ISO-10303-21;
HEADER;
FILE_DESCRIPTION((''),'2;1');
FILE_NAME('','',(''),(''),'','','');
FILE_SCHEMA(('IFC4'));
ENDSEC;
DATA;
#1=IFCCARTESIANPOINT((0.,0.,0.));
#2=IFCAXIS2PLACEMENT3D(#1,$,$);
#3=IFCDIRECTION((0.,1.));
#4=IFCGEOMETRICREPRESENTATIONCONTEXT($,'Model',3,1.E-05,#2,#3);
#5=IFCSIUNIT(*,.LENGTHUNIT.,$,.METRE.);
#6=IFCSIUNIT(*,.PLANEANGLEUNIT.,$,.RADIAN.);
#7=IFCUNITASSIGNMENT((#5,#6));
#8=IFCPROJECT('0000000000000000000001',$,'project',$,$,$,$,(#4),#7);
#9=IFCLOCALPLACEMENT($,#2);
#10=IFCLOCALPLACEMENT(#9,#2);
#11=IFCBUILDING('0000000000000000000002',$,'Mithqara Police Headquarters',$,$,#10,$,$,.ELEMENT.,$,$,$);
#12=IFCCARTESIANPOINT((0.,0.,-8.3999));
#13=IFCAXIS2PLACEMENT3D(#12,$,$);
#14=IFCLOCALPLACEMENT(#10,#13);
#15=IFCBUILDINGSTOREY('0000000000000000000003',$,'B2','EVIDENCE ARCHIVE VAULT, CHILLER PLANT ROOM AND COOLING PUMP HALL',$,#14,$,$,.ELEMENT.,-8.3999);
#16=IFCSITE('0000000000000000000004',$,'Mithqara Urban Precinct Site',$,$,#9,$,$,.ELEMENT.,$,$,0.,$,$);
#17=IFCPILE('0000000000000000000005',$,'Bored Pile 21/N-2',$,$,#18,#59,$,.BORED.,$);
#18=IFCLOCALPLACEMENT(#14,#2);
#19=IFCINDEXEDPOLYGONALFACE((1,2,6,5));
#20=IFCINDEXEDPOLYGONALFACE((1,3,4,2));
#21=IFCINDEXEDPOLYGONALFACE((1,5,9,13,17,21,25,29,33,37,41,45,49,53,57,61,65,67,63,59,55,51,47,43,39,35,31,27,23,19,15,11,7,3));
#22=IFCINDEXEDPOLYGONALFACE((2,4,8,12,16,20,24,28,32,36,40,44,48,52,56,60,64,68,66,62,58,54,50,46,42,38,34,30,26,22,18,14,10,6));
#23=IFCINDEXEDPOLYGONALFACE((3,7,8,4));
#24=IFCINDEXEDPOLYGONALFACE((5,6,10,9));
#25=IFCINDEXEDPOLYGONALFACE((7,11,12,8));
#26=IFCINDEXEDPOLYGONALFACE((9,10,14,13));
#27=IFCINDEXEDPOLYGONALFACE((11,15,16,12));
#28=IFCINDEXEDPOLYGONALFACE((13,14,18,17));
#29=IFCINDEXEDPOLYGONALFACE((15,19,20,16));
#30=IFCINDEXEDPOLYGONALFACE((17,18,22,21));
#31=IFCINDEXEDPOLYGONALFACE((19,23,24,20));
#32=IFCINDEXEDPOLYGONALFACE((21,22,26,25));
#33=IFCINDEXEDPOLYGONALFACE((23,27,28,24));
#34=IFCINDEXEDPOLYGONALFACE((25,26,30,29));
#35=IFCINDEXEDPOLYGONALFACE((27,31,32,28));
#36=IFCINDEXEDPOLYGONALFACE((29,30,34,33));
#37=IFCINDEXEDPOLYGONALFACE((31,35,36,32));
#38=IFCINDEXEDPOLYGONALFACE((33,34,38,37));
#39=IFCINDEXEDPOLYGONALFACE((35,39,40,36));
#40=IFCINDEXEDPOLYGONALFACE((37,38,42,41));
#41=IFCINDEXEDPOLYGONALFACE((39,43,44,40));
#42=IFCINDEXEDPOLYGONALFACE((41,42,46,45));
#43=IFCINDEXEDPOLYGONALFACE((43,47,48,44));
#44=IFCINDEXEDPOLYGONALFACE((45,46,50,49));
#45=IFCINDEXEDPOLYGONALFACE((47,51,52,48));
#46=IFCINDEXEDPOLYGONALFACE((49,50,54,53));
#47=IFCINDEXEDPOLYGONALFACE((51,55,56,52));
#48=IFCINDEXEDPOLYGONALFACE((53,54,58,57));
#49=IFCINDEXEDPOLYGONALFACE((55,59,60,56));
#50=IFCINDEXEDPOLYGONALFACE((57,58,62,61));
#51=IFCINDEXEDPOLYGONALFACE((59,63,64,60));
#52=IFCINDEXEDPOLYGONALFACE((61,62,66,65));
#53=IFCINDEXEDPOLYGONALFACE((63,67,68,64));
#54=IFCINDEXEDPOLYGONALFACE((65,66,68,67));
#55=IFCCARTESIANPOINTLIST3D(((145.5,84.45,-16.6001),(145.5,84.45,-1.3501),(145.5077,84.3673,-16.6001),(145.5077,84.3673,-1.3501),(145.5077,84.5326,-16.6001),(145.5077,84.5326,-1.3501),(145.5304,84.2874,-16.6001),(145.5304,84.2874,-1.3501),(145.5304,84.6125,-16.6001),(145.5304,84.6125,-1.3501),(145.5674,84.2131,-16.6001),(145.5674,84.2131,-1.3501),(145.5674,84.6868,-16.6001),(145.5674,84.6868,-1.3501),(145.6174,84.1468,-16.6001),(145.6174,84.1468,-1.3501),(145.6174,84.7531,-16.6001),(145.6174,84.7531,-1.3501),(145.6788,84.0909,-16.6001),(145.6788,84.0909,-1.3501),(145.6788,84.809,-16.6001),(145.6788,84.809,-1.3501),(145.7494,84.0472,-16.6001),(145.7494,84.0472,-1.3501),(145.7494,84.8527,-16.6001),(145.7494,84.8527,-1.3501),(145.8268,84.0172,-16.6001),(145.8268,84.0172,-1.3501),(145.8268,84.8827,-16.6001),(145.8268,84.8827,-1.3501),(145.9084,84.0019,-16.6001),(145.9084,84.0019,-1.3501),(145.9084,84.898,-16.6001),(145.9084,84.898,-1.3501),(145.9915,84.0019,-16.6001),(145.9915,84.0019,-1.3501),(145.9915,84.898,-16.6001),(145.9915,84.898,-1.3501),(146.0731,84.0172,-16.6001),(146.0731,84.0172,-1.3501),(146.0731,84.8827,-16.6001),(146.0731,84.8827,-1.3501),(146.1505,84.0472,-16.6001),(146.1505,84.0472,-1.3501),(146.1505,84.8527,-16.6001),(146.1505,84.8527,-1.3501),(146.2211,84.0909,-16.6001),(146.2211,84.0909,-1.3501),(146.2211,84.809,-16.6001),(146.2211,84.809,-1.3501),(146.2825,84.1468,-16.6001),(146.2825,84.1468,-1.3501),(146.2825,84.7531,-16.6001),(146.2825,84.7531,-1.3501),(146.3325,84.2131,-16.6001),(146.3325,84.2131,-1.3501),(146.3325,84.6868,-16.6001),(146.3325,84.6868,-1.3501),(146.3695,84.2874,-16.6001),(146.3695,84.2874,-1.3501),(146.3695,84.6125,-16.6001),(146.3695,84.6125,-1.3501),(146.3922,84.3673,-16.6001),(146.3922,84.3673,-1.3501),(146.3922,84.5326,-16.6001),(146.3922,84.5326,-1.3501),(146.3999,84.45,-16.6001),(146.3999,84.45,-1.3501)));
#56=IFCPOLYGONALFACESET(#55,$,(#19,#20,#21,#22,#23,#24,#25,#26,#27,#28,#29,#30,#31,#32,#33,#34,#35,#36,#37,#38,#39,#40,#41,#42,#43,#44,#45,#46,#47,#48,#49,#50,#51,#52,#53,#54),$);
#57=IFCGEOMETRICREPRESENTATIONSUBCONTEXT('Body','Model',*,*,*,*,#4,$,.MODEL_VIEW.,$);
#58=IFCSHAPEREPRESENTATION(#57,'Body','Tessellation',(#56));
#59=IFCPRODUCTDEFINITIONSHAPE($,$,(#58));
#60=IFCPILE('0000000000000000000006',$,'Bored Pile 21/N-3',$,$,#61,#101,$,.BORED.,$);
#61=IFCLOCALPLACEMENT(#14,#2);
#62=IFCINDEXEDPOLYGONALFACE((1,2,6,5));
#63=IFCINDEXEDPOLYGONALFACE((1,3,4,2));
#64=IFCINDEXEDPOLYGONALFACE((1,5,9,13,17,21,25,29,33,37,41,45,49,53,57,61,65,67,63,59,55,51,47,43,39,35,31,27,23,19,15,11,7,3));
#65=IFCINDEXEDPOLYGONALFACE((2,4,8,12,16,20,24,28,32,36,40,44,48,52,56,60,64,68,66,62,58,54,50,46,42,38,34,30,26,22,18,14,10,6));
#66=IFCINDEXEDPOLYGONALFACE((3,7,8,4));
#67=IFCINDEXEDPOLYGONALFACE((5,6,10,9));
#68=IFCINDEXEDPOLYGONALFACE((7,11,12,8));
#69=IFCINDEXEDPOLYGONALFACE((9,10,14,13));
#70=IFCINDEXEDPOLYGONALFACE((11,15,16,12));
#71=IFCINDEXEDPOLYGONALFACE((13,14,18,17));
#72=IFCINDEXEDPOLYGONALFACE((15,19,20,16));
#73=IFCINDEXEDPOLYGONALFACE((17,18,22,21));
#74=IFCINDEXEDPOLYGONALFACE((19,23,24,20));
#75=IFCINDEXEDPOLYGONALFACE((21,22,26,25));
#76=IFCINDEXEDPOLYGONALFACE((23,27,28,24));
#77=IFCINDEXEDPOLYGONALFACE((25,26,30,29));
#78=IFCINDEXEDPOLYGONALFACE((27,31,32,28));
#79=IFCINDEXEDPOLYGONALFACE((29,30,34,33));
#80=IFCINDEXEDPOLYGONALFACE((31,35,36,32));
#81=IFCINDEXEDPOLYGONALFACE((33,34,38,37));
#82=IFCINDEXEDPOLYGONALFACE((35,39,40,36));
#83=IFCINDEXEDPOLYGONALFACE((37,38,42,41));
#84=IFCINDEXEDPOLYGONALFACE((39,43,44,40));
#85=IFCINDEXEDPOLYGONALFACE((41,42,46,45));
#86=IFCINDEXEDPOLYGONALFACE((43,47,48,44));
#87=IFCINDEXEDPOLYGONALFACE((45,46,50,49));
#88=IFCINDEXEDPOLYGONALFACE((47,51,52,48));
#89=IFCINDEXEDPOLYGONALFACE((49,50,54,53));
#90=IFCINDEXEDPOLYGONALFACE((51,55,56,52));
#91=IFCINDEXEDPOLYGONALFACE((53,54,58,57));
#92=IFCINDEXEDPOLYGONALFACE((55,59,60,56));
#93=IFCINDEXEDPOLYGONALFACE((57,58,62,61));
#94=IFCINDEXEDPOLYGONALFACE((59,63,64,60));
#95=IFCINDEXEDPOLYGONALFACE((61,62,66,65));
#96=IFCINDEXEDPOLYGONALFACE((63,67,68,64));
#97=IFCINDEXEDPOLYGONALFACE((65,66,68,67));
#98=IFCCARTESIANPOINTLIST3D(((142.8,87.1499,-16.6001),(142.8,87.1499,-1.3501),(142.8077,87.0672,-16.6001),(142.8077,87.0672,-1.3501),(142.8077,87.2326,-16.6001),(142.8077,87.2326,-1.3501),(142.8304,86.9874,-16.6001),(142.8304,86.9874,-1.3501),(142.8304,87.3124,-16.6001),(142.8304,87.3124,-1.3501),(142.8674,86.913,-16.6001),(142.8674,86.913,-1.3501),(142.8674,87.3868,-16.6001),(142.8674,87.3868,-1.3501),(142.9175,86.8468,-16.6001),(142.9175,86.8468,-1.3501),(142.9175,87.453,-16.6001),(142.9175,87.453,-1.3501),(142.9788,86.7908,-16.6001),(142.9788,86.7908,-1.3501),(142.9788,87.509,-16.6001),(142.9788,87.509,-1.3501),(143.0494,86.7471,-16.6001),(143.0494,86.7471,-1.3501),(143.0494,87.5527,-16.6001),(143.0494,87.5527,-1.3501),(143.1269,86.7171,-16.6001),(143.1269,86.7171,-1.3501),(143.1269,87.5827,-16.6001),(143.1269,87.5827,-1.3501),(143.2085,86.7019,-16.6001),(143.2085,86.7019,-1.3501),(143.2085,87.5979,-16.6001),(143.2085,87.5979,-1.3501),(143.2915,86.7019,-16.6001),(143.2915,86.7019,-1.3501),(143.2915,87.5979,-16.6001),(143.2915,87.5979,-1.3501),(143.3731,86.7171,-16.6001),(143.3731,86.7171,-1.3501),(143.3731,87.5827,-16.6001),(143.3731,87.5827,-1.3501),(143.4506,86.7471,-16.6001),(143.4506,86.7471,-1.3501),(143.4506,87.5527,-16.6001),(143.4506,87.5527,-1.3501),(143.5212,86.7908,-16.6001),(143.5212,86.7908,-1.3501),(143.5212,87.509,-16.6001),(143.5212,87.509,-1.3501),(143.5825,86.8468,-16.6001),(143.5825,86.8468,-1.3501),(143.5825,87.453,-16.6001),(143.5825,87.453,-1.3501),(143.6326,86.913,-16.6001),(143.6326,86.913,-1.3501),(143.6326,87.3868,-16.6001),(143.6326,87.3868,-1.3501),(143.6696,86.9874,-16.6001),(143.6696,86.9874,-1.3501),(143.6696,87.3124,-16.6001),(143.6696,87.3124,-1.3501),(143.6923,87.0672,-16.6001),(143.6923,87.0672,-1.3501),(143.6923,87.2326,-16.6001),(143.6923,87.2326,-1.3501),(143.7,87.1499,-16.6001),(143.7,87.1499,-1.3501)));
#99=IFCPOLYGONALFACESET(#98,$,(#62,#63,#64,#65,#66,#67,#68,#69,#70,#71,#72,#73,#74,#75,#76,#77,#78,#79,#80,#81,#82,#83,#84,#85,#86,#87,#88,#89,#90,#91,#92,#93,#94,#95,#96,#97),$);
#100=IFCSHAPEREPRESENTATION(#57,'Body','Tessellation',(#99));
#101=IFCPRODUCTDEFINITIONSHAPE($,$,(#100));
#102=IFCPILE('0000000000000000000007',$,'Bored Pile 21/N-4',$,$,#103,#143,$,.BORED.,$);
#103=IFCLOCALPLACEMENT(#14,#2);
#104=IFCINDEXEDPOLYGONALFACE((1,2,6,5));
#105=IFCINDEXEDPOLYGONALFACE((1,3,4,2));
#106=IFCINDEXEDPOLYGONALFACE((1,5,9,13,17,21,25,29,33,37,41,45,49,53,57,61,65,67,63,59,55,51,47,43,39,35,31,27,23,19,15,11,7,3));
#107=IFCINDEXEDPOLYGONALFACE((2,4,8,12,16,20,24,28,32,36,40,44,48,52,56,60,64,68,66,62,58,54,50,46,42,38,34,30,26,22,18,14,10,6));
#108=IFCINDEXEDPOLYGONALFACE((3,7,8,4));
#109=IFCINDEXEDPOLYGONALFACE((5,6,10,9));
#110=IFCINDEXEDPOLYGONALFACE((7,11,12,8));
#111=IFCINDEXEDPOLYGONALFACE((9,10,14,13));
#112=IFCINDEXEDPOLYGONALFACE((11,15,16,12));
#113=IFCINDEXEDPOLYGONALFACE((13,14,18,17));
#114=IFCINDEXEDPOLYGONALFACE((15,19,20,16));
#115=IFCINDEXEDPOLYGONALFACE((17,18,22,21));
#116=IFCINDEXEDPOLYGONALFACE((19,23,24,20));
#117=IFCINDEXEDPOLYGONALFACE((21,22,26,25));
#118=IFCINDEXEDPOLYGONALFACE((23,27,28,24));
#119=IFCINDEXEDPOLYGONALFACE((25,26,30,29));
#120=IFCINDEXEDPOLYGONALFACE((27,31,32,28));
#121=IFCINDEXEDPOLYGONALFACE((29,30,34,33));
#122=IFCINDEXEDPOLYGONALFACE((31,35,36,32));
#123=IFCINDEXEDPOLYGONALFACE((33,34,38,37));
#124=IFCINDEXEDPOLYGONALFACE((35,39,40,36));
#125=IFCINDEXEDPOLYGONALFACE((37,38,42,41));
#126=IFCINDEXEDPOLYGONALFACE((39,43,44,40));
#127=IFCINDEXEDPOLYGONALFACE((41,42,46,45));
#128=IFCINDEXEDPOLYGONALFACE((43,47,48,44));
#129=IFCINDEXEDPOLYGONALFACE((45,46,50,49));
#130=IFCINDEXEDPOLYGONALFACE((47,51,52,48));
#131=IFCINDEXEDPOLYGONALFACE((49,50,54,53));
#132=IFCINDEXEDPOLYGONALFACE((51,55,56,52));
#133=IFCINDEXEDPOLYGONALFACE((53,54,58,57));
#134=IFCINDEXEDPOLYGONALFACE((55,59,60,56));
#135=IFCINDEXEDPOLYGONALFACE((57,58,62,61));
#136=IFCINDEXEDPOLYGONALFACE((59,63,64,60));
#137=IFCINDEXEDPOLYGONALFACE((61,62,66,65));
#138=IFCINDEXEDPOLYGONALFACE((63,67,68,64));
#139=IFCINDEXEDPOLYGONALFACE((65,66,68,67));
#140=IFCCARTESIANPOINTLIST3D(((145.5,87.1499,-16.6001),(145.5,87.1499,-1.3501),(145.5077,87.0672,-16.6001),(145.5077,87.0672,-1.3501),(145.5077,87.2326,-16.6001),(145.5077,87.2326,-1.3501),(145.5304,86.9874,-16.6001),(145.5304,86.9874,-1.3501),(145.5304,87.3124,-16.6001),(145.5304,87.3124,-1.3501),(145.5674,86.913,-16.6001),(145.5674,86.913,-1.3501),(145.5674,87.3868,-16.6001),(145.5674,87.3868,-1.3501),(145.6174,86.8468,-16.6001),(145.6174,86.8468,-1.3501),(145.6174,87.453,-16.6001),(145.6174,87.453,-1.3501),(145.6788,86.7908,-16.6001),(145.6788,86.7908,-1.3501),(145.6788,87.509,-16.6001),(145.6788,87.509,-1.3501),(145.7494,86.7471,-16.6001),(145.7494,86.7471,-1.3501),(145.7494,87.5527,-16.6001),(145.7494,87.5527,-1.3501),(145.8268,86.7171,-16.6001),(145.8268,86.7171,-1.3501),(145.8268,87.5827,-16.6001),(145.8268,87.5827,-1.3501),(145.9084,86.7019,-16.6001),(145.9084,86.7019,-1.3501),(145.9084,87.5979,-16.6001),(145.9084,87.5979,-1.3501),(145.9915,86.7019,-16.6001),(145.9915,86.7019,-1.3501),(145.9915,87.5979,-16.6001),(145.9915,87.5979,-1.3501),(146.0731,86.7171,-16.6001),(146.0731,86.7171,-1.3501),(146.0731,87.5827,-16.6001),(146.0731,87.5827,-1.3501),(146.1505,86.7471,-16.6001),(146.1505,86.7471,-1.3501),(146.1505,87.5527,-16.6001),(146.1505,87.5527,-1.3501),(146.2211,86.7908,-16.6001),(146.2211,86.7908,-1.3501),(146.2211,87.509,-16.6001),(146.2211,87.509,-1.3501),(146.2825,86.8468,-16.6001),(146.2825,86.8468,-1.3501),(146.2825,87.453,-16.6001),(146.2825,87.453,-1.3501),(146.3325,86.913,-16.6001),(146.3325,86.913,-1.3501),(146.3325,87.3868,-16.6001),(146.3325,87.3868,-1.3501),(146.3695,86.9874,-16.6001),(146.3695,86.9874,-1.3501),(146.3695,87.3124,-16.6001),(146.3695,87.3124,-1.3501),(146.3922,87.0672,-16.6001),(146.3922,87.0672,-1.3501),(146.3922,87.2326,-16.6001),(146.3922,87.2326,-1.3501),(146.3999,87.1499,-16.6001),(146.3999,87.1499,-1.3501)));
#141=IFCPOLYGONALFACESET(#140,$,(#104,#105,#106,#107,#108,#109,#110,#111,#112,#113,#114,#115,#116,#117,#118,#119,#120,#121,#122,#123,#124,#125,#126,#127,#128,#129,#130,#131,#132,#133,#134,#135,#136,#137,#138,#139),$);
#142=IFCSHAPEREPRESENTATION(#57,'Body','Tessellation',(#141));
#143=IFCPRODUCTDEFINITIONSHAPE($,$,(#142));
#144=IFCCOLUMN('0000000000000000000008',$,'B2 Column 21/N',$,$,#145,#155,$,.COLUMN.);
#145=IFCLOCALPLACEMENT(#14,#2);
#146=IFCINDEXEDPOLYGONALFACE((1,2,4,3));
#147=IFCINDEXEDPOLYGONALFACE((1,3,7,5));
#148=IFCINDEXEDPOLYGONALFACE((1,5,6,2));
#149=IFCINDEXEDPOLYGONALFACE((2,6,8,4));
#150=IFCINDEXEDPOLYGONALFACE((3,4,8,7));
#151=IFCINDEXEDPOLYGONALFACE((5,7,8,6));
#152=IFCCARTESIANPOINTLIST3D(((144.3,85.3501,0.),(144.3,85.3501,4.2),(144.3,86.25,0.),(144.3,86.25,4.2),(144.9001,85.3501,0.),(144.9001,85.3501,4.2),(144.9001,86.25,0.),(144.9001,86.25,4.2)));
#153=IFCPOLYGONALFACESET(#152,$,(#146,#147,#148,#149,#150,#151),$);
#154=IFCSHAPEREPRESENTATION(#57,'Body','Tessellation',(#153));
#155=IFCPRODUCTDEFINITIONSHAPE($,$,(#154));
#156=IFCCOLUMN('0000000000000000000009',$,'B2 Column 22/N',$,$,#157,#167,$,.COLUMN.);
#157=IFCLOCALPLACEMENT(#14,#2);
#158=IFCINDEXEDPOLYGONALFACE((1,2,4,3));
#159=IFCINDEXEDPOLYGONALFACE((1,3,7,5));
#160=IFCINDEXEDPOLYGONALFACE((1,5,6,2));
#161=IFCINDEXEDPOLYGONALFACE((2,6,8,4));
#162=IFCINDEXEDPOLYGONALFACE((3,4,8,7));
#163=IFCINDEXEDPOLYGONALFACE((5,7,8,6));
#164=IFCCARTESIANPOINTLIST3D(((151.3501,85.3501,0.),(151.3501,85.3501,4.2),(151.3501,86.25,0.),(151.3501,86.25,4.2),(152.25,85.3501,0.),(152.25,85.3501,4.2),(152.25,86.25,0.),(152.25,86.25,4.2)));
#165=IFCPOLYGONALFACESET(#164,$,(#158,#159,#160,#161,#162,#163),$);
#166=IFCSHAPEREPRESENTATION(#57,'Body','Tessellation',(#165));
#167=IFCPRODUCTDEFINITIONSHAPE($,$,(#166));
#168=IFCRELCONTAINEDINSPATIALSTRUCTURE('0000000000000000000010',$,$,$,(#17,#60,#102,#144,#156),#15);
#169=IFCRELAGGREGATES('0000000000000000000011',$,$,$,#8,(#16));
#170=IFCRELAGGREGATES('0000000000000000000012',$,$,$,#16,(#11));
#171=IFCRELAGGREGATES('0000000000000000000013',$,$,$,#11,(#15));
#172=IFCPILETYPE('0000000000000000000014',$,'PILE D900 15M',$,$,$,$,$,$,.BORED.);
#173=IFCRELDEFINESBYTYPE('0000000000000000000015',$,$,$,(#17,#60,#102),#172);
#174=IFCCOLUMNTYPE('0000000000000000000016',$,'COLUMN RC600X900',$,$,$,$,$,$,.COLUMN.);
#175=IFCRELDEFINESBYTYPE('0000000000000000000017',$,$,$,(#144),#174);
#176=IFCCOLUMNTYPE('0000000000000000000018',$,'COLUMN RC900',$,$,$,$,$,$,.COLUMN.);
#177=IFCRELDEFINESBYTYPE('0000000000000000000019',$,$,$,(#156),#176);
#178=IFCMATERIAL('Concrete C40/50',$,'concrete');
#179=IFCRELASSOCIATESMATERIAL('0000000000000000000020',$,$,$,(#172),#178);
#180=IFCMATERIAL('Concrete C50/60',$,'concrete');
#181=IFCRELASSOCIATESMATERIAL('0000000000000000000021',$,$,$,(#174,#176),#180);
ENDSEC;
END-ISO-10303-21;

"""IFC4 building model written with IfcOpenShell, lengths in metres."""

from ifc_helpers import new_model, si_unit, direction, frame, origin, origin_2d, place, context, subcontext, project, spatial, rectangle, circle, extrude, material, material_profile, profile_set, type_object, element, save


model = new_model("IFC4")

# Units and contexts
model_context = context("Model", 3, precision=1e-05, world=origin(), true_north=direction((0.0, 1.0)))
body_context = subcontext(model_context, "Body", "Model", "MODEL_VIEW")
ifc_project = project(units=[si_unit("LENGTHUNIT", "METRE"), si_unit("PLANEANGLEUNIT", "RADIAN")], contexts=[model_context])

# Site, building, storey
site_placement = place(None, origin())
site = spatial("IfcSite", under=ifc_project, at=site_placement, Name="Mithqara Urban Precinct Site", CompositionType="ELEMENT", RefElevation=0.0)
building_placement = place(site_placement, origin())
building = spatial("IfcBuilding", under=site, at=building_placement, Name="Mithqara Police Headquarters", CompositionType="ELEMENT")
storey_placement = place(building_placement, frame((0.0, 0.0, -8.3999)))
storey = spatial("IfcBuildingStorey", under=building, at=storey_placement, Name="B2", Description="EVIDENCE ARCHIVE VAULT, CHILLER PLANT ROOM AND COOLING PUMP HALL", CompositionType="ELEMENT", Elevation=-8.3999)

# Shared definitions
ifc_material_1 = material(Name="Concrete C40/50", Category="concrete")

# Piles
ifc_material_profile_1 = material_profile(ifc_material_1, circle(Radius=0.45, at=origin_2d()), Name="PILE D900")
ifc_profile_set_1 = profile_set([ifc_material_profile_1], Name="Concrete C40/50")
pile_type_1 = type_object("IfcPileType", Name="PILE D900 15M", PredefinedType="BORED", material=ifc_profile_set_1)
for number, where, z_axis, x_axis, name in (
    (1, (145.95, 84.45, -1.3501), (0.0, 0.0, -1.0), (1.0, 0.0, 0.0), "Bored Pile 21/N-2"),
    (2, (143.25, 87.1499, -1.3501), (0.0, 0.0, -1.0), (1.0, 0.0, 0.0), "Bored Pile 21/N-3"),
    (3, (145.95, 87.1499, -1.3501), (0.0, 0.0, -1.0), (1.0, 0.0, 0.0), "Bored Pile 21/N-4"),
):
    element("IfcPile", number, at=place(storey_placement, frame(where, z_axis=z_axis, x_axis=x_axis)), inside=storey, type_object=pile_type_1, Name=name, PredefinedType="BORED", context=body_context, shape_type="SweptSolid", body=[
        extrude(circle(Radius=0.45, at=origin_2d()), origin(), (0.0, 0.0, 1.0), 15.25),
    ])

# Columns
ifc_material_2 = material(Name="Concrete C50/60", Category="concrete")
ifc_material_profile_2 = material_profile(ifc_material_2, rectangle(XDim=0.6001, YDim=0.8999, at=origin_2d()), Name="RC 600x900")
ifc_profile_set_2 = profile_set([ifc_material_profile_2], Name="Concrete C50/60")
column_type_1 = type_object("IfcColumnType", Name="COLUMN RC600X900", PredefinedType="COLUMN", material=ifc_profile_set_2)
column_1_placement = place(storey_placement, frame((144.6001, 85.8, 0.0), z_axis=(0.0, 0.0, 1.0), x_axis=(1.0, 0.0, 0.0)))
element("IfcColumn", 4, at=column_1_placement, inside=storey, type_object=column_type_1, Name="B2 Column 21/N", PredefinedType="COLUMN", context=body_context, shape_type="SweptSolid", body=[
    extrude(rectangle(XDim=0.6001, YDim=0.8999, at=origin_2d()), origin(), (0.0, 0.0, 1.0), 4.2),
])
ifc_material_profile_3 = material_profile(ifc_material_2, rectangle(XDim=0.8999, YDim=0.8999, at=origin_2d()), Name="RC 900x900")
ifc_profile_set_3 = profile_set([ifc_material_profile_3], Name="Concrete C50/60")
column_type_2 = type_object("IfcColumnType", Name="COLUMN RC900", PredefinedType="COLUMN", material=ifc_profile_set_3)
column_2_placement = place(storey_placement, frame((151.8, 85.8, 0.0), z_axis=(0.0, 0.0, 1.0), x_axis=(1.0, 0.0, 0.0)))
element("IfcColumn", 5, at=column_2_placement, inside=storey, type_object=column_type_2, Name="B2 Column 22/N", PredefinedType="COLUMN", context=body_context, shape_type="SweptSolid", body=[
    extrude(rectangle(XDim=0.8999, YDim=0.8999, at=origin_2d()), origin(), (0.0, 0.0, 1.0), 4.2),
])

save(model, "model.ifc")
